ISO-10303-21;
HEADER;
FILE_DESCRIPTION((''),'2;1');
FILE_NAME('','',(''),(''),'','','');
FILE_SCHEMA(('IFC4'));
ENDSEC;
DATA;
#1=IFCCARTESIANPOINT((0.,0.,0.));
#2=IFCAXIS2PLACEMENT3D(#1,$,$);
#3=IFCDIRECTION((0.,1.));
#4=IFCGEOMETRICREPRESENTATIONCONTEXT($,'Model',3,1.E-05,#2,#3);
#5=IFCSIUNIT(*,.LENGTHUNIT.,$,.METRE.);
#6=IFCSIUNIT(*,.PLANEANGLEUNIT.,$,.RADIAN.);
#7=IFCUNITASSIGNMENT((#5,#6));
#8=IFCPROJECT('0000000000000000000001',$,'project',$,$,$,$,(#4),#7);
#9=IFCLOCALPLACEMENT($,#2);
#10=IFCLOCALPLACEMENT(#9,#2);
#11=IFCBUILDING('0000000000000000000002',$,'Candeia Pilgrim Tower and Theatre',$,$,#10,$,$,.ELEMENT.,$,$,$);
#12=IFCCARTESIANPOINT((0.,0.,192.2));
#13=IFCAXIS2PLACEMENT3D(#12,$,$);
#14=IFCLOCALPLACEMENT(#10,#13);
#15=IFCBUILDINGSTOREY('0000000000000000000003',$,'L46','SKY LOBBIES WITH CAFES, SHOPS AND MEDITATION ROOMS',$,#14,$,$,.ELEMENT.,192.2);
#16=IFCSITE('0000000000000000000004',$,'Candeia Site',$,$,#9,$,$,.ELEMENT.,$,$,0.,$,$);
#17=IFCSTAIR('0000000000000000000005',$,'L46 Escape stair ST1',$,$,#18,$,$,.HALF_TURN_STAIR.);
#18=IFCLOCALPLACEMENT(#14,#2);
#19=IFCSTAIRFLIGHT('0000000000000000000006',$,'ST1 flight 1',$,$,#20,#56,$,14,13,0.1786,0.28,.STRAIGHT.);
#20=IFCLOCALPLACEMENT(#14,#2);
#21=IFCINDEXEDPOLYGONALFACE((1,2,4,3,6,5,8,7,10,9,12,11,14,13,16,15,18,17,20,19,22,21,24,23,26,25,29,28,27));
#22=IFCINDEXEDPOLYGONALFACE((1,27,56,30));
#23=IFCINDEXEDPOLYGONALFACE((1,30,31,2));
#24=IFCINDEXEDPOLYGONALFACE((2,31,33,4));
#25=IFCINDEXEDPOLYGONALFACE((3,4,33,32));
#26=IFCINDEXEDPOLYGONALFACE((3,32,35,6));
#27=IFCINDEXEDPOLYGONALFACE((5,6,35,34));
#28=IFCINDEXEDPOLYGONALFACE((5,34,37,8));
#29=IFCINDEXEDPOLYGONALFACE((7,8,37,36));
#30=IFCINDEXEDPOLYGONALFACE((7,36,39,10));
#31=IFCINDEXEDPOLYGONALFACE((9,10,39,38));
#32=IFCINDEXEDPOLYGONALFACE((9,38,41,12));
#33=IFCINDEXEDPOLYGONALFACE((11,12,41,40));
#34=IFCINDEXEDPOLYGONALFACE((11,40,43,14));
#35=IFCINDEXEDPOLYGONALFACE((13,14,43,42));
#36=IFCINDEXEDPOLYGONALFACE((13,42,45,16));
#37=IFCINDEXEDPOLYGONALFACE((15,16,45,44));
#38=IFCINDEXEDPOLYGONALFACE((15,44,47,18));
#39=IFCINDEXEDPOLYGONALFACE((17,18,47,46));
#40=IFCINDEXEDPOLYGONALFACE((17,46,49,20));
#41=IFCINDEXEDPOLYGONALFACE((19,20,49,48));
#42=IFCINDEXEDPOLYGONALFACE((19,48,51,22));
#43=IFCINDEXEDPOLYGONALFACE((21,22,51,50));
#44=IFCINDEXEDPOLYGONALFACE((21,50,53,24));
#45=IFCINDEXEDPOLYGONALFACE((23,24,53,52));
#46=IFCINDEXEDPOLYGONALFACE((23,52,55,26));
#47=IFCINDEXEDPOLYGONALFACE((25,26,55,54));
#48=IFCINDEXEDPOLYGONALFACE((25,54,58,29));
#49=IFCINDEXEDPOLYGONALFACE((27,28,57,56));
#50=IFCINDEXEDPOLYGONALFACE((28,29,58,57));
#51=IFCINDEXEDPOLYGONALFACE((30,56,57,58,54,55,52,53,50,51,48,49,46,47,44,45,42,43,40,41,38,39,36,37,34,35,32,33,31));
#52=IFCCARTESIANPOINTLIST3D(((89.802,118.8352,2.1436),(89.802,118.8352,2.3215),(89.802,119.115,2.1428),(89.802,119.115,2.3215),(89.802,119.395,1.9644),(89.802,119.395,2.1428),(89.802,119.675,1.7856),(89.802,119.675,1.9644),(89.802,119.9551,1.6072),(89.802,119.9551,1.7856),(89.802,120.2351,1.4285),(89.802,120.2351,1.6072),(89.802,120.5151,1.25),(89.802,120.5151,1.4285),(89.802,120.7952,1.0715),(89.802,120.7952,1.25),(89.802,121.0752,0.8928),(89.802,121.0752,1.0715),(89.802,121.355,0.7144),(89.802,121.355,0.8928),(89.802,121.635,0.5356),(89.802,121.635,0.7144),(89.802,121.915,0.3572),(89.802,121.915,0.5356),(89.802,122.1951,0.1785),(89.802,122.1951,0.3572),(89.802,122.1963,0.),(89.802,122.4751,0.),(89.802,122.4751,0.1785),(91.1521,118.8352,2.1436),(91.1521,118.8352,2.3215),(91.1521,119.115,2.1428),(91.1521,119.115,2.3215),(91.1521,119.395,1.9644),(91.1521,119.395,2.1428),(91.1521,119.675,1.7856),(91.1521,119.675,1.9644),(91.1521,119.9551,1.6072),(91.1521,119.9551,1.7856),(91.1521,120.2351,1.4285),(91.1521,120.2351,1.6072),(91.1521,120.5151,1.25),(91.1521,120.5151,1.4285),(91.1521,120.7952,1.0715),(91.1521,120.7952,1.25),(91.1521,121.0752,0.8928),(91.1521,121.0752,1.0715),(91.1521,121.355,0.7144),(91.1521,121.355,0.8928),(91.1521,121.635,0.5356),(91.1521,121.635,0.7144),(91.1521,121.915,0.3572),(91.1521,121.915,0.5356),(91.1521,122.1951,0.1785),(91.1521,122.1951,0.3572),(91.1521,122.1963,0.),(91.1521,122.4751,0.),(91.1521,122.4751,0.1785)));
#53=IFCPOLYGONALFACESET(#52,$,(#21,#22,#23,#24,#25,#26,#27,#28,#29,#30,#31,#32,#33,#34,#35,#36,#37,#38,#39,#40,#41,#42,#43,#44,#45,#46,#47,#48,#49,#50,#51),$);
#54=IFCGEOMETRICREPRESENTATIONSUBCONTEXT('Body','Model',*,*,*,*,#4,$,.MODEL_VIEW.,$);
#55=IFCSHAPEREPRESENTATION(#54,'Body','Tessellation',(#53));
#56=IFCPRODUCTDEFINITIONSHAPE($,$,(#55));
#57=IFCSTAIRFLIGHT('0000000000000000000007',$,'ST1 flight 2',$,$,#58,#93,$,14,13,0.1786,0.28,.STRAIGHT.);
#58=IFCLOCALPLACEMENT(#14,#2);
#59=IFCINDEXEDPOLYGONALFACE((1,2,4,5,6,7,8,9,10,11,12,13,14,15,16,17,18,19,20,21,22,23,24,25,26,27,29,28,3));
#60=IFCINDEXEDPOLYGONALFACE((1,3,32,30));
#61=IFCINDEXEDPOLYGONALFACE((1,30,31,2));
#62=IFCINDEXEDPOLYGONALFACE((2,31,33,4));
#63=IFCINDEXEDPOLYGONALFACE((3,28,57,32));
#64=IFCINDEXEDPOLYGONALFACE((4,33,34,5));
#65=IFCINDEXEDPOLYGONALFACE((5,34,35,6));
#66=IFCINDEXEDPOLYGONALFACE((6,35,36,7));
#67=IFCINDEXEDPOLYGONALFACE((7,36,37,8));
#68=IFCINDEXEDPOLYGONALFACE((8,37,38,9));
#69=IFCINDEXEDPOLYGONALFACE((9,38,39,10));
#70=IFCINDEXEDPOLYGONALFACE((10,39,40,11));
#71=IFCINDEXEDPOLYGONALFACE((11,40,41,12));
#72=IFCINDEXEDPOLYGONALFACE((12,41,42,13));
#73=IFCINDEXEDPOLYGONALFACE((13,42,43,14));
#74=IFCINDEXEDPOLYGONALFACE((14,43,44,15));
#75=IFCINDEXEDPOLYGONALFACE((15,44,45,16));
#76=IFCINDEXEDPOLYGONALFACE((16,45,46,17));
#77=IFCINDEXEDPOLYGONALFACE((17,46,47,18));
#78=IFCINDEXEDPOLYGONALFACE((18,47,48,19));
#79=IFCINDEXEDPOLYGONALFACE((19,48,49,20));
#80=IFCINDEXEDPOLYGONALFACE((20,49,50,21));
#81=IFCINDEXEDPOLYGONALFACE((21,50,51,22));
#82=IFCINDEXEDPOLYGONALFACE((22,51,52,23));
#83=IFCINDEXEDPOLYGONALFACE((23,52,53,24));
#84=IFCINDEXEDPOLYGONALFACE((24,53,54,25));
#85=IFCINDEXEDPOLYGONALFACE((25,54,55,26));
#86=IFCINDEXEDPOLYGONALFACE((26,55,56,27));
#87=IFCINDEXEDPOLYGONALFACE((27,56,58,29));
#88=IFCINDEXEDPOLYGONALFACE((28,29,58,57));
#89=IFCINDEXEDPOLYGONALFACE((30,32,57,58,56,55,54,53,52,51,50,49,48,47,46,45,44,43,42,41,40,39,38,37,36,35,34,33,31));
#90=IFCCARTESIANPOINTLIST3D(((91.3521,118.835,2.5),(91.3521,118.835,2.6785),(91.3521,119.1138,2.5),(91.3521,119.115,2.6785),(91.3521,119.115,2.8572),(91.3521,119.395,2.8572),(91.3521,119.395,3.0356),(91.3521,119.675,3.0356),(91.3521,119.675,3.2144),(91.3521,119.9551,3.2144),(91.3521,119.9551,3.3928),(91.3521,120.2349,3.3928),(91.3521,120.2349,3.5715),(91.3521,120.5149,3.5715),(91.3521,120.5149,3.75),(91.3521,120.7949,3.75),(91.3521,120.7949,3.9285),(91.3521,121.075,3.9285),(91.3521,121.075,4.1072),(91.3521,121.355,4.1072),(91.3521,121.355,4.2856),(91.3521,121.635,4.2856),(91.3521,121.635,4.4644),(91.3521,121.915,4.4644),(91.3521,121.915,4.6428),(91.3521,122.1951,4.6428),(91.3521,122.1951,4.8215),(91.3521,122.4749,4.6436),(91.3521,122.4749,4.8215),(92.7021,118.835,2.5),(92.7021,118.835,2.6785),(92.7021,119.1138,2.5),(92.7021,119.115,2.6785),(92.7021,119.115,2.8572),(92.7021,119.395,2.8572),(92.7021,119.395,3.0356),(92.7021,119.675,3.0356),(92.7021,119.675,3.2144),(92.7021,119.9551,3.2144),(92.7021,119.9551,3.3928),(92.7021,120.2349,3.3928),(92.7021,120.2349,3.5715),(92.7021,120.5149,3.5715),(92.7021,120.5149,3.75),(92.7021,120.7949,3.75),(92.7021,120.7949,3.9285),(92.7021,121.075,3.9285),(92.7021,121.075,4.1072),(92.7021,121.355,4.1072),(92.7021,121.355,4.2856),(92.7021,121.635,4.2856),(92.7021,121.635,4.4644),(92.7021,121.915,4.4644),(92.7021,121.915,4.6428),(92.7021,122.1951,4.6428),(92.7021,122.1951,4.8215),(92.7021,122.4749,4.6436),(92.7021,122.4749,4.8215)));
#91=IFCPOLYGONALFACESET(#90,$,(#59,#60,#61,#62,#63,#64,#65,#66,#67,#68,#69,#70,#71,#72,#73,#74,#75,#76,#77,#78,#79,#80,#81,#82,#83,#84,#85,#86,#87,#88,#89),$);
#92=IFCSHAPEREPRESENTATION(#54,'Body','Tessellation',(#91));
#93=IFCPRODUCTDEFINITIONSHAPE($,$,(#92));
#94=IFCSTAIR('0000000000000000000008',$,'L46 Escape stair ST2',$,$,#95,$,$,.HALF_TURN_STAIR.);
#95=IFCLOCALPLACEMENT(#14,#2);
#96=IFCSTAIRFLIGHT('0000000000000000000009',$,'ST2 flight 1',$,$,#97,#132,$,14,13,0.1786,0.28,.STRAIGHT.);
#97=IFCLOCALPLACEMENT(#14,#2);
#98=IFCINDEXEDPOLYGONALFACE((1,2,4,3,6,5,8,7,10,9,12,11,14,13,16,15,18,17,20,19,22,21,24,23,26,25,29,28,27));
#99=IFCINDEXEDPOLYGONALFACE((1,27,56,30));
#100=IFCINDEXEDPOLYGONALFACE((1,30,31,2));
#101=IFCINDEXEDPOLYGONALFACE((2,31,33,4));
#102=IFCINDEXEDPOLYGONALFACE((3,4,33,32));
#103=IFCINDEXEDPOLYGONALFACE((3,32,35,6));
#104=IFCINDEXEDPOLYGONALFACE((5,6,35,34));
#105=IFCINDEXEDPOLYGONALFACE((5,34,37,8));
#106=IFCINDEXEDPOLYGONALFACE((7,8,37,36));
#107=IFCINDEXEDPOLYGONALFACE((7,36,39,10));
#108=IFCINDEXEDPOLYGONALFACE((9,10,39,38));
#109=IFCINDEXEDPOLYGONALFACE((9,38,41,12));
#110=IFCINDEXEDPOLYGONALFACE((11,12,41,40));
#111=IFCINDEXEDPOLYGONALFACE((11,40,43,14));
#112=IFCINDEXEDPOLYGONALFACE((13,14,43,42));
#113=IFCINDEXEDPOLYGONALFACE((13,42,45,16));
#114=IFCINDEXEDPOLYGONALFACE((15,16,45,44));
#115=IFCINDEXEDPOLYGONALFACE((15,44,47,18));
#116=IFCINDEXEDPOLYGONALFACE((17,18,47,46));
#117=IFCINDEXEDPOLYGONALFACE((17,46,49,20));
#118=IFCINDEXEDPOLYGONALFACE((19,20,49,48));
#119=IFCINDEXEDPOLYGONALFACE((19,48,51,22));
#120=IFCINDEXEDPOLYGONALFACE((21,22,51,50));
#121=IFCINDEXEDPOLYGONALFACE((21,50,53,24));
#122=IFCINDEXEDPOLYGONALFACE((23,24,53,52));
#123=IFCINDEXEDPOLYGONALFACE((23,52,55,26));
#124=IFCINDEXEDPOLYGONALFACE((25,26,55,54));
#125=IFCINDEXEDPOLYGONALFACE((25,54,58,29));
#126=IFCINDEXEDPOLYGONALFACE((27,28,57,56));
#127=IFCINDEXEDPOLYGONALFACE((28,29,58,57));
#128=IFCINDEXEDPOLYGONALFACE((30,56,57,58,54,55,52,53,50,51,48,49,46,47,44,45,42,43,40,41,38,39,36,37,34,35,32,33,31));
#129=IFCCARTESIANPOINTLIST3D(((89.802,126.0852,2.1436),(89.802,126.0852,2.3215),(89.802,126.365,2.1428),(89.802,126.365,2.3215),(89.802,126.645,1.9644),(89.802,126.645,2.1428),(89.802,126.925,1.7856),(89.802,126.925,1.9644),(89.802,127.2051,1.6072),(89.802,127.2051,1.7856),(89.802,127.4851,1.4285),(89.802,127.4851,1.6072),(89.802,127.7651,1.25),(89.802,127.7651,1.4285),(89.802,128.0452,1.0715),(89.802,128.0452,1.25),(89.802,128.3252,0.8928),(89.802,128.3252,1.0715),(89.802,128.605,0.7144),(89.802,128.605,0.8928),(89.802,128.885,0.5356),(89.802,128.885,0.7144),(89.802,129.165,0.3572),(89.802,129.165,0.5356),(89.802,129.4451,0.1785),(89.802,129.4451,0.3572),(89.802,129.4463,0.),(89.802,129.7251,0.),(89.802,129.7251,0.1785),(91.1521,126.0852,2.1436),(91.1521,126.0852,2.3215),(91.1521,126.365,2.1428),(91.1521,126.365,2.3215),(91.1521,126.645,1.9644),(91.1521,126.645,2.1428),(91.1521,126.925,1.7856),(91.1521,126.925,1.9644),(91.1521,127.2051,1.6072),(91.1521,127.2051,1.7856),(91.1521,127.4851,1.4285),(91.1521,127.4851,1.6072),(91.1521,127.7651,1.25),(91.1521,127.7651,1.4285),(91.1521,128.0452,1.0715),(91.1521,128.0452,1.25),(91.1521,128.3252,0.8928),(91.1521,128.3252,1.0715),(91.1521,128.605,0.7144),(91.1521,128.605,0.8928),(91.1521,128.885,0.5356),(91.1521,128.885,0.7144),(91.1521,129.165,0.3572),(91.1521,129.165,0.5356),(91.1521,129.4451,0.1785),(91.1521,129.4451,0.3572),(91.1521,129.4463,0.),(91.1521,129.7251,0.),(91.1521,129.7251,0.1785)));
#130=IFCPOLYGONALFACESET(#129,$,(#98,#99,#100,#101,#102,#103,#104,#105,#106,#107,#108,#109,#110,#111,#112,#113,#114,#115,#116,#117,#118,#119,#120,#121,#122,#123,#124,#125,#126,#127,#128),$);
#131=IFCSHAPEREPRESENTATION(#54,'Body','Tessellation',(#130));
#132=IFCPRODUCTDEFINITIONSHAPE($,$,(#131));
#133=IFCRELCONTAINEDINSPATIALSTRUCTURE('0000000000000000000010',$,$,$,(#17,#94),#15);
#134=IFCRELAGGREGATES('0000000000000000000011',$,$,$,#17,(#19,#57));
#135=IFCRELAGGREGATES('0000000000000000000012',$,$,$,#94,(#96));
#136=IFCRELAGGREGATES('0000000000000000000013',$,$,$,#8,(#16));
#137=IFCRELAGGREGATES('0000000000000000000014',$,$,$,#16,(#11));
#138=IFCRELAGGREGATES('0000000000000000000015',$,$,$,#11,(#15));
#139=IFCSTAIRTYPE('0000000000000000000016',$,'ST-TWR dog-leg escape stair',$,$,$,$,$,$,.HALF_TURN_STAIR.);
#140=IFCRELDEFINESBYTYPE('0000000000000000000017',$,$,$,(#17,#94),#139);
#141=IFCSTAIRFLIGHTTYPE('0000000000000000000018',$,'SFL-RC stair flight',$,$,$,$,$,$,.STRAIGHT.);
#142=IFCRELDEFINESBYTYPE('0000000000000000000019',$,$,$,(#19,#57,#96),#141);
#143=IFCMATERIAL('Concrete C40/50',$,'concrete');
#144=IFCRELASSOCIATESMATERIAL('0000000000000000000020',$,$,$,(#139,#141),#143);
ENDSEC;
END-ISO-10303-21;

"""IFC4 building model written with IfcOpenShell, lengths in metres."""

from ifc_helpers import new_model, si_unit, direction, frame, origin, place, context, subcontext, project, spatial, polyline, outline, extrude, material, type_object, element, aggregate, save


model = new_model("IFC4")

# Units and contexts
model_context = context("Model", 3, precision=1e-05, world=origin(), true_north=direction((0.0, 1.0)))
body_context = subcontext(model_context, "Body", "Model", "MODEL_VIEW")
ifc_project = project(units=[si_unit("LENGTHUNIT", "METRE"), si_unit("PLANEANGLEUNIT", "RADIAN")], contexts=[model_context])

# Site, building, storey
site_placement = place(None, origin())
site = spatial("IfcSite", under=ifc_project, at=site_placement, Name="Candeia Site", CompositionType="ELEMENT", RefElevation=0.0)
building_placement = place(site_placement, origin())
building = spatial("IfcBuilding", under=site, at=building_placement, Name="Candeia Pilgrim Tower and Theatre", CompositionType="ELEMENT")
storey_placement = place(building_placement, frame((0.0, 0.0, 192.2)))
storey = spatial("IfcBuildingStorey", under=building, at=storey_placement, Name="L46", Description="SKY LOBBIES WITH CAFES, SHOPS AND MEDITATION ROOMS", CompositionType="ELEMENT", Elevation=192.2)

# Shared definitions
ifc_material_1 = material(Name="Concrete C40/50", Category="concrete")

# Stair, stair flights
stair_type = type_object("IfcStairType", Name="ST-TWR dog-leg escape stair", PredefinedType="HALF_TURN_STAIR", material=ifc_material_1)
stair_1_placement = place(storey_placement, origin())
stair_1 = element("IfcStair", 1, at=stair_1_placement, inside=storey, type_object=stair_type, Name="L46 Escape stair ST1", PredefinedType="HALF_TURN_STAIR")
stair_flight_type = type_object("IfcStairFlightType", Name="SFL-RC stair flight", PredefinedType="STRAIGHT", material=ifc_material_1)
stair_flight_1_placement = place(storey_placement, frame((90.4771, 122.4751, 0.0), z_axis=(0.0, 0.0, 1.0), x_axis=(0.0, -1.0, 0.0)))
stair_flight_1 = element("IfcStairFlight", 2, at=stair_flight_1_placement, type_object=stair_flight_type, Name="ST1 flight 1", NumberOfRisers=14, NumberOfTreads=13, PredefinedType="STRAIGHT", RiserHeight=0.1786, TreadLength=0.28, context=body_context, shape_type="SweptSolid", body=[
    extrude(outline(polyline([(0.0, 0.0), (0.0, 0.1785), (0.28, 0.1785), (0.28, 0.3572), (0.5601, 0.3572), (0.5601, 0.5356), (0.8401, 0.5356), (0.8401, 0.7144), (1.1201, 0.7144), (1.1201, 0.8928), (1.3999, 0.8928), (1.3999, 1.0715), (1.6799, 1.0715), (1.6799, 1.25), (1.96, 1.25), (1.96, 1.4285), (2.24, 1.4285), (2.24, 1.6072), (2.52, 1.6072), (2.52, 1.7856), (2.8, 1.7856), (2.8, 1.9644), (3.0801, 1.9644), (3.0801, 2.1428), (3.3601, 2.1428), (3.3601, 2.3215), (3.6399, 2.3215), (3.6399, 2.5), (3.6399, 2.1436), (0.2788, 0.0), (0.0, 0.0)])), frame((0.0, 0.675, 0.0), z_axis=(0.0, -1.0, 0.0), x_axis=(1.0, 0.0, 0.0)), (0.0, 0.0, 1.0), 1.3501),
])
stair_flight_2_placement = place(storey_placement, frame((92.0271, 118.835, 2.5), z_axis=(0.0, 0.0, 1.0), x_axis=(0.0, 1.0, 0.0)))
stair_flight_2 = element("IfcStairFlight", 3, at=stair_flight_2_placement, type_object=stair_flight_type, Name="ST1 flight 2", NumberOfRisers=14, NumberOfTreads=13, PredefinedType="STRAIGHT", RiserHeight=0.1786, TreadLength=0.28, context=body_context, shape_type="SweptSolid", body=[
    extrude(outline(polyline([(0.0, 0.0), (0.0, 0.1785), (0.28, 0.1785), (0.28, 0.3572), (0.5601, 0.3572), (0.5601, 0.5356), (0.8401, 0.5356), (0.8401, 0.7144), (1.1201, 0.7144), (1.1201, 0.8928), (1.3999, 0.8928), (1.3999, 1.0715), (1.6799, 1.0715), (1.6799, 1.25), (1.96, 1.25), (1.96, 1.4285), (2.24, 1.4285), (2.24, 1.6072), (2.52, 1.6072), (2.52, 1.7856), (2.8, 1.7856), (2.8, 1.9644), (3.0801, 1.9644), (3.0801, 2.1428), (3.3601, 2.1428), (3.3601, 2.3215), (3.6399, 2.3215), (3.6399, 2.5), (3.6399, 2.1436), (0.2788, 0.0), (0.0, 0.0)])), frame((0.0, 0.675, 0.0), z_axis=(0.0, -1.0, 0.0), x_axis=(1.0, 0.0, 0.0)), (0.0, 0.0, 1.0), 1.3501),
])
aggregate(stair_1, [stair_flight_1, stair_flight_2])

# Stair, stair flight
stair_2_placement = place(storey_placement, origin())
stair_2 = element("IfcStair", 4, at=stair_2_placement, inside=storey, type_object=stair_type, Name="L46 Escape stair ST2", PredefinedType="HALF_TURN_STAIR")
stair_flight_3_placement = place(storey_placement, frame((90.4771, 129.7251, 0.0), z_axis=(0.0, 0.0, 1.0), x_axis=(0.0, -1.0, 0.0)))
stair_flight_3 = element("IfcStairFlight", 5, at=stair_flight_3_placement, type_object=stair_flight_type, Name="ST2 flight 1", NumberOfRisers=14, NumberOfTreads=13, PredefinedType="STRAIGHT", RiserHeight=0.1786, TreadLength=0.28, context=body_context, shape_type="SweptSolid", body=[
    extrude(outline(polyline([(0.0, 0.0), (0.0, 0.1785), (0.28, 0.1785), (0.28, 0.3572), (0.5601, 0.3572), (0.5601, 0.5356), (0.8401, 0.5356), (0.8401, 0.7144), (1.1201, 0.7144), (1.1201, 0.8928), (1.3999, 0.8928), (1.3999, 1.0715), (1.6799, 1.0715), (1.6799, 1.25), (1.96, 1.25), (1.96, 1.4285), (2.24, 1.4285), (2.24, 1.6072), (2.52, 1.6072), (2.52, 1.7856), (2.8, 1.7856), (2.8, 1.9644), (3.0801, 1.9644), (3.0801, 2.1428), (3.3601, 2.1428), (3.3601, 2.3215), (3.6399, 2.3215), (3.6399, 2.5), (3.6399, 2.1436), (0.2788, 0.0), (0.0, 0.0)])), frame((0.0, 0.675, 0.0), z_axis=(0.0, -1.0, 0.0), x_axis=(1.0, 0.0, 0.0)), (0.0, 0.0, 1.0), 1.3501),
])
aggregate(stair_2, [stair_flight_3])

save(model, "model.ifc")
